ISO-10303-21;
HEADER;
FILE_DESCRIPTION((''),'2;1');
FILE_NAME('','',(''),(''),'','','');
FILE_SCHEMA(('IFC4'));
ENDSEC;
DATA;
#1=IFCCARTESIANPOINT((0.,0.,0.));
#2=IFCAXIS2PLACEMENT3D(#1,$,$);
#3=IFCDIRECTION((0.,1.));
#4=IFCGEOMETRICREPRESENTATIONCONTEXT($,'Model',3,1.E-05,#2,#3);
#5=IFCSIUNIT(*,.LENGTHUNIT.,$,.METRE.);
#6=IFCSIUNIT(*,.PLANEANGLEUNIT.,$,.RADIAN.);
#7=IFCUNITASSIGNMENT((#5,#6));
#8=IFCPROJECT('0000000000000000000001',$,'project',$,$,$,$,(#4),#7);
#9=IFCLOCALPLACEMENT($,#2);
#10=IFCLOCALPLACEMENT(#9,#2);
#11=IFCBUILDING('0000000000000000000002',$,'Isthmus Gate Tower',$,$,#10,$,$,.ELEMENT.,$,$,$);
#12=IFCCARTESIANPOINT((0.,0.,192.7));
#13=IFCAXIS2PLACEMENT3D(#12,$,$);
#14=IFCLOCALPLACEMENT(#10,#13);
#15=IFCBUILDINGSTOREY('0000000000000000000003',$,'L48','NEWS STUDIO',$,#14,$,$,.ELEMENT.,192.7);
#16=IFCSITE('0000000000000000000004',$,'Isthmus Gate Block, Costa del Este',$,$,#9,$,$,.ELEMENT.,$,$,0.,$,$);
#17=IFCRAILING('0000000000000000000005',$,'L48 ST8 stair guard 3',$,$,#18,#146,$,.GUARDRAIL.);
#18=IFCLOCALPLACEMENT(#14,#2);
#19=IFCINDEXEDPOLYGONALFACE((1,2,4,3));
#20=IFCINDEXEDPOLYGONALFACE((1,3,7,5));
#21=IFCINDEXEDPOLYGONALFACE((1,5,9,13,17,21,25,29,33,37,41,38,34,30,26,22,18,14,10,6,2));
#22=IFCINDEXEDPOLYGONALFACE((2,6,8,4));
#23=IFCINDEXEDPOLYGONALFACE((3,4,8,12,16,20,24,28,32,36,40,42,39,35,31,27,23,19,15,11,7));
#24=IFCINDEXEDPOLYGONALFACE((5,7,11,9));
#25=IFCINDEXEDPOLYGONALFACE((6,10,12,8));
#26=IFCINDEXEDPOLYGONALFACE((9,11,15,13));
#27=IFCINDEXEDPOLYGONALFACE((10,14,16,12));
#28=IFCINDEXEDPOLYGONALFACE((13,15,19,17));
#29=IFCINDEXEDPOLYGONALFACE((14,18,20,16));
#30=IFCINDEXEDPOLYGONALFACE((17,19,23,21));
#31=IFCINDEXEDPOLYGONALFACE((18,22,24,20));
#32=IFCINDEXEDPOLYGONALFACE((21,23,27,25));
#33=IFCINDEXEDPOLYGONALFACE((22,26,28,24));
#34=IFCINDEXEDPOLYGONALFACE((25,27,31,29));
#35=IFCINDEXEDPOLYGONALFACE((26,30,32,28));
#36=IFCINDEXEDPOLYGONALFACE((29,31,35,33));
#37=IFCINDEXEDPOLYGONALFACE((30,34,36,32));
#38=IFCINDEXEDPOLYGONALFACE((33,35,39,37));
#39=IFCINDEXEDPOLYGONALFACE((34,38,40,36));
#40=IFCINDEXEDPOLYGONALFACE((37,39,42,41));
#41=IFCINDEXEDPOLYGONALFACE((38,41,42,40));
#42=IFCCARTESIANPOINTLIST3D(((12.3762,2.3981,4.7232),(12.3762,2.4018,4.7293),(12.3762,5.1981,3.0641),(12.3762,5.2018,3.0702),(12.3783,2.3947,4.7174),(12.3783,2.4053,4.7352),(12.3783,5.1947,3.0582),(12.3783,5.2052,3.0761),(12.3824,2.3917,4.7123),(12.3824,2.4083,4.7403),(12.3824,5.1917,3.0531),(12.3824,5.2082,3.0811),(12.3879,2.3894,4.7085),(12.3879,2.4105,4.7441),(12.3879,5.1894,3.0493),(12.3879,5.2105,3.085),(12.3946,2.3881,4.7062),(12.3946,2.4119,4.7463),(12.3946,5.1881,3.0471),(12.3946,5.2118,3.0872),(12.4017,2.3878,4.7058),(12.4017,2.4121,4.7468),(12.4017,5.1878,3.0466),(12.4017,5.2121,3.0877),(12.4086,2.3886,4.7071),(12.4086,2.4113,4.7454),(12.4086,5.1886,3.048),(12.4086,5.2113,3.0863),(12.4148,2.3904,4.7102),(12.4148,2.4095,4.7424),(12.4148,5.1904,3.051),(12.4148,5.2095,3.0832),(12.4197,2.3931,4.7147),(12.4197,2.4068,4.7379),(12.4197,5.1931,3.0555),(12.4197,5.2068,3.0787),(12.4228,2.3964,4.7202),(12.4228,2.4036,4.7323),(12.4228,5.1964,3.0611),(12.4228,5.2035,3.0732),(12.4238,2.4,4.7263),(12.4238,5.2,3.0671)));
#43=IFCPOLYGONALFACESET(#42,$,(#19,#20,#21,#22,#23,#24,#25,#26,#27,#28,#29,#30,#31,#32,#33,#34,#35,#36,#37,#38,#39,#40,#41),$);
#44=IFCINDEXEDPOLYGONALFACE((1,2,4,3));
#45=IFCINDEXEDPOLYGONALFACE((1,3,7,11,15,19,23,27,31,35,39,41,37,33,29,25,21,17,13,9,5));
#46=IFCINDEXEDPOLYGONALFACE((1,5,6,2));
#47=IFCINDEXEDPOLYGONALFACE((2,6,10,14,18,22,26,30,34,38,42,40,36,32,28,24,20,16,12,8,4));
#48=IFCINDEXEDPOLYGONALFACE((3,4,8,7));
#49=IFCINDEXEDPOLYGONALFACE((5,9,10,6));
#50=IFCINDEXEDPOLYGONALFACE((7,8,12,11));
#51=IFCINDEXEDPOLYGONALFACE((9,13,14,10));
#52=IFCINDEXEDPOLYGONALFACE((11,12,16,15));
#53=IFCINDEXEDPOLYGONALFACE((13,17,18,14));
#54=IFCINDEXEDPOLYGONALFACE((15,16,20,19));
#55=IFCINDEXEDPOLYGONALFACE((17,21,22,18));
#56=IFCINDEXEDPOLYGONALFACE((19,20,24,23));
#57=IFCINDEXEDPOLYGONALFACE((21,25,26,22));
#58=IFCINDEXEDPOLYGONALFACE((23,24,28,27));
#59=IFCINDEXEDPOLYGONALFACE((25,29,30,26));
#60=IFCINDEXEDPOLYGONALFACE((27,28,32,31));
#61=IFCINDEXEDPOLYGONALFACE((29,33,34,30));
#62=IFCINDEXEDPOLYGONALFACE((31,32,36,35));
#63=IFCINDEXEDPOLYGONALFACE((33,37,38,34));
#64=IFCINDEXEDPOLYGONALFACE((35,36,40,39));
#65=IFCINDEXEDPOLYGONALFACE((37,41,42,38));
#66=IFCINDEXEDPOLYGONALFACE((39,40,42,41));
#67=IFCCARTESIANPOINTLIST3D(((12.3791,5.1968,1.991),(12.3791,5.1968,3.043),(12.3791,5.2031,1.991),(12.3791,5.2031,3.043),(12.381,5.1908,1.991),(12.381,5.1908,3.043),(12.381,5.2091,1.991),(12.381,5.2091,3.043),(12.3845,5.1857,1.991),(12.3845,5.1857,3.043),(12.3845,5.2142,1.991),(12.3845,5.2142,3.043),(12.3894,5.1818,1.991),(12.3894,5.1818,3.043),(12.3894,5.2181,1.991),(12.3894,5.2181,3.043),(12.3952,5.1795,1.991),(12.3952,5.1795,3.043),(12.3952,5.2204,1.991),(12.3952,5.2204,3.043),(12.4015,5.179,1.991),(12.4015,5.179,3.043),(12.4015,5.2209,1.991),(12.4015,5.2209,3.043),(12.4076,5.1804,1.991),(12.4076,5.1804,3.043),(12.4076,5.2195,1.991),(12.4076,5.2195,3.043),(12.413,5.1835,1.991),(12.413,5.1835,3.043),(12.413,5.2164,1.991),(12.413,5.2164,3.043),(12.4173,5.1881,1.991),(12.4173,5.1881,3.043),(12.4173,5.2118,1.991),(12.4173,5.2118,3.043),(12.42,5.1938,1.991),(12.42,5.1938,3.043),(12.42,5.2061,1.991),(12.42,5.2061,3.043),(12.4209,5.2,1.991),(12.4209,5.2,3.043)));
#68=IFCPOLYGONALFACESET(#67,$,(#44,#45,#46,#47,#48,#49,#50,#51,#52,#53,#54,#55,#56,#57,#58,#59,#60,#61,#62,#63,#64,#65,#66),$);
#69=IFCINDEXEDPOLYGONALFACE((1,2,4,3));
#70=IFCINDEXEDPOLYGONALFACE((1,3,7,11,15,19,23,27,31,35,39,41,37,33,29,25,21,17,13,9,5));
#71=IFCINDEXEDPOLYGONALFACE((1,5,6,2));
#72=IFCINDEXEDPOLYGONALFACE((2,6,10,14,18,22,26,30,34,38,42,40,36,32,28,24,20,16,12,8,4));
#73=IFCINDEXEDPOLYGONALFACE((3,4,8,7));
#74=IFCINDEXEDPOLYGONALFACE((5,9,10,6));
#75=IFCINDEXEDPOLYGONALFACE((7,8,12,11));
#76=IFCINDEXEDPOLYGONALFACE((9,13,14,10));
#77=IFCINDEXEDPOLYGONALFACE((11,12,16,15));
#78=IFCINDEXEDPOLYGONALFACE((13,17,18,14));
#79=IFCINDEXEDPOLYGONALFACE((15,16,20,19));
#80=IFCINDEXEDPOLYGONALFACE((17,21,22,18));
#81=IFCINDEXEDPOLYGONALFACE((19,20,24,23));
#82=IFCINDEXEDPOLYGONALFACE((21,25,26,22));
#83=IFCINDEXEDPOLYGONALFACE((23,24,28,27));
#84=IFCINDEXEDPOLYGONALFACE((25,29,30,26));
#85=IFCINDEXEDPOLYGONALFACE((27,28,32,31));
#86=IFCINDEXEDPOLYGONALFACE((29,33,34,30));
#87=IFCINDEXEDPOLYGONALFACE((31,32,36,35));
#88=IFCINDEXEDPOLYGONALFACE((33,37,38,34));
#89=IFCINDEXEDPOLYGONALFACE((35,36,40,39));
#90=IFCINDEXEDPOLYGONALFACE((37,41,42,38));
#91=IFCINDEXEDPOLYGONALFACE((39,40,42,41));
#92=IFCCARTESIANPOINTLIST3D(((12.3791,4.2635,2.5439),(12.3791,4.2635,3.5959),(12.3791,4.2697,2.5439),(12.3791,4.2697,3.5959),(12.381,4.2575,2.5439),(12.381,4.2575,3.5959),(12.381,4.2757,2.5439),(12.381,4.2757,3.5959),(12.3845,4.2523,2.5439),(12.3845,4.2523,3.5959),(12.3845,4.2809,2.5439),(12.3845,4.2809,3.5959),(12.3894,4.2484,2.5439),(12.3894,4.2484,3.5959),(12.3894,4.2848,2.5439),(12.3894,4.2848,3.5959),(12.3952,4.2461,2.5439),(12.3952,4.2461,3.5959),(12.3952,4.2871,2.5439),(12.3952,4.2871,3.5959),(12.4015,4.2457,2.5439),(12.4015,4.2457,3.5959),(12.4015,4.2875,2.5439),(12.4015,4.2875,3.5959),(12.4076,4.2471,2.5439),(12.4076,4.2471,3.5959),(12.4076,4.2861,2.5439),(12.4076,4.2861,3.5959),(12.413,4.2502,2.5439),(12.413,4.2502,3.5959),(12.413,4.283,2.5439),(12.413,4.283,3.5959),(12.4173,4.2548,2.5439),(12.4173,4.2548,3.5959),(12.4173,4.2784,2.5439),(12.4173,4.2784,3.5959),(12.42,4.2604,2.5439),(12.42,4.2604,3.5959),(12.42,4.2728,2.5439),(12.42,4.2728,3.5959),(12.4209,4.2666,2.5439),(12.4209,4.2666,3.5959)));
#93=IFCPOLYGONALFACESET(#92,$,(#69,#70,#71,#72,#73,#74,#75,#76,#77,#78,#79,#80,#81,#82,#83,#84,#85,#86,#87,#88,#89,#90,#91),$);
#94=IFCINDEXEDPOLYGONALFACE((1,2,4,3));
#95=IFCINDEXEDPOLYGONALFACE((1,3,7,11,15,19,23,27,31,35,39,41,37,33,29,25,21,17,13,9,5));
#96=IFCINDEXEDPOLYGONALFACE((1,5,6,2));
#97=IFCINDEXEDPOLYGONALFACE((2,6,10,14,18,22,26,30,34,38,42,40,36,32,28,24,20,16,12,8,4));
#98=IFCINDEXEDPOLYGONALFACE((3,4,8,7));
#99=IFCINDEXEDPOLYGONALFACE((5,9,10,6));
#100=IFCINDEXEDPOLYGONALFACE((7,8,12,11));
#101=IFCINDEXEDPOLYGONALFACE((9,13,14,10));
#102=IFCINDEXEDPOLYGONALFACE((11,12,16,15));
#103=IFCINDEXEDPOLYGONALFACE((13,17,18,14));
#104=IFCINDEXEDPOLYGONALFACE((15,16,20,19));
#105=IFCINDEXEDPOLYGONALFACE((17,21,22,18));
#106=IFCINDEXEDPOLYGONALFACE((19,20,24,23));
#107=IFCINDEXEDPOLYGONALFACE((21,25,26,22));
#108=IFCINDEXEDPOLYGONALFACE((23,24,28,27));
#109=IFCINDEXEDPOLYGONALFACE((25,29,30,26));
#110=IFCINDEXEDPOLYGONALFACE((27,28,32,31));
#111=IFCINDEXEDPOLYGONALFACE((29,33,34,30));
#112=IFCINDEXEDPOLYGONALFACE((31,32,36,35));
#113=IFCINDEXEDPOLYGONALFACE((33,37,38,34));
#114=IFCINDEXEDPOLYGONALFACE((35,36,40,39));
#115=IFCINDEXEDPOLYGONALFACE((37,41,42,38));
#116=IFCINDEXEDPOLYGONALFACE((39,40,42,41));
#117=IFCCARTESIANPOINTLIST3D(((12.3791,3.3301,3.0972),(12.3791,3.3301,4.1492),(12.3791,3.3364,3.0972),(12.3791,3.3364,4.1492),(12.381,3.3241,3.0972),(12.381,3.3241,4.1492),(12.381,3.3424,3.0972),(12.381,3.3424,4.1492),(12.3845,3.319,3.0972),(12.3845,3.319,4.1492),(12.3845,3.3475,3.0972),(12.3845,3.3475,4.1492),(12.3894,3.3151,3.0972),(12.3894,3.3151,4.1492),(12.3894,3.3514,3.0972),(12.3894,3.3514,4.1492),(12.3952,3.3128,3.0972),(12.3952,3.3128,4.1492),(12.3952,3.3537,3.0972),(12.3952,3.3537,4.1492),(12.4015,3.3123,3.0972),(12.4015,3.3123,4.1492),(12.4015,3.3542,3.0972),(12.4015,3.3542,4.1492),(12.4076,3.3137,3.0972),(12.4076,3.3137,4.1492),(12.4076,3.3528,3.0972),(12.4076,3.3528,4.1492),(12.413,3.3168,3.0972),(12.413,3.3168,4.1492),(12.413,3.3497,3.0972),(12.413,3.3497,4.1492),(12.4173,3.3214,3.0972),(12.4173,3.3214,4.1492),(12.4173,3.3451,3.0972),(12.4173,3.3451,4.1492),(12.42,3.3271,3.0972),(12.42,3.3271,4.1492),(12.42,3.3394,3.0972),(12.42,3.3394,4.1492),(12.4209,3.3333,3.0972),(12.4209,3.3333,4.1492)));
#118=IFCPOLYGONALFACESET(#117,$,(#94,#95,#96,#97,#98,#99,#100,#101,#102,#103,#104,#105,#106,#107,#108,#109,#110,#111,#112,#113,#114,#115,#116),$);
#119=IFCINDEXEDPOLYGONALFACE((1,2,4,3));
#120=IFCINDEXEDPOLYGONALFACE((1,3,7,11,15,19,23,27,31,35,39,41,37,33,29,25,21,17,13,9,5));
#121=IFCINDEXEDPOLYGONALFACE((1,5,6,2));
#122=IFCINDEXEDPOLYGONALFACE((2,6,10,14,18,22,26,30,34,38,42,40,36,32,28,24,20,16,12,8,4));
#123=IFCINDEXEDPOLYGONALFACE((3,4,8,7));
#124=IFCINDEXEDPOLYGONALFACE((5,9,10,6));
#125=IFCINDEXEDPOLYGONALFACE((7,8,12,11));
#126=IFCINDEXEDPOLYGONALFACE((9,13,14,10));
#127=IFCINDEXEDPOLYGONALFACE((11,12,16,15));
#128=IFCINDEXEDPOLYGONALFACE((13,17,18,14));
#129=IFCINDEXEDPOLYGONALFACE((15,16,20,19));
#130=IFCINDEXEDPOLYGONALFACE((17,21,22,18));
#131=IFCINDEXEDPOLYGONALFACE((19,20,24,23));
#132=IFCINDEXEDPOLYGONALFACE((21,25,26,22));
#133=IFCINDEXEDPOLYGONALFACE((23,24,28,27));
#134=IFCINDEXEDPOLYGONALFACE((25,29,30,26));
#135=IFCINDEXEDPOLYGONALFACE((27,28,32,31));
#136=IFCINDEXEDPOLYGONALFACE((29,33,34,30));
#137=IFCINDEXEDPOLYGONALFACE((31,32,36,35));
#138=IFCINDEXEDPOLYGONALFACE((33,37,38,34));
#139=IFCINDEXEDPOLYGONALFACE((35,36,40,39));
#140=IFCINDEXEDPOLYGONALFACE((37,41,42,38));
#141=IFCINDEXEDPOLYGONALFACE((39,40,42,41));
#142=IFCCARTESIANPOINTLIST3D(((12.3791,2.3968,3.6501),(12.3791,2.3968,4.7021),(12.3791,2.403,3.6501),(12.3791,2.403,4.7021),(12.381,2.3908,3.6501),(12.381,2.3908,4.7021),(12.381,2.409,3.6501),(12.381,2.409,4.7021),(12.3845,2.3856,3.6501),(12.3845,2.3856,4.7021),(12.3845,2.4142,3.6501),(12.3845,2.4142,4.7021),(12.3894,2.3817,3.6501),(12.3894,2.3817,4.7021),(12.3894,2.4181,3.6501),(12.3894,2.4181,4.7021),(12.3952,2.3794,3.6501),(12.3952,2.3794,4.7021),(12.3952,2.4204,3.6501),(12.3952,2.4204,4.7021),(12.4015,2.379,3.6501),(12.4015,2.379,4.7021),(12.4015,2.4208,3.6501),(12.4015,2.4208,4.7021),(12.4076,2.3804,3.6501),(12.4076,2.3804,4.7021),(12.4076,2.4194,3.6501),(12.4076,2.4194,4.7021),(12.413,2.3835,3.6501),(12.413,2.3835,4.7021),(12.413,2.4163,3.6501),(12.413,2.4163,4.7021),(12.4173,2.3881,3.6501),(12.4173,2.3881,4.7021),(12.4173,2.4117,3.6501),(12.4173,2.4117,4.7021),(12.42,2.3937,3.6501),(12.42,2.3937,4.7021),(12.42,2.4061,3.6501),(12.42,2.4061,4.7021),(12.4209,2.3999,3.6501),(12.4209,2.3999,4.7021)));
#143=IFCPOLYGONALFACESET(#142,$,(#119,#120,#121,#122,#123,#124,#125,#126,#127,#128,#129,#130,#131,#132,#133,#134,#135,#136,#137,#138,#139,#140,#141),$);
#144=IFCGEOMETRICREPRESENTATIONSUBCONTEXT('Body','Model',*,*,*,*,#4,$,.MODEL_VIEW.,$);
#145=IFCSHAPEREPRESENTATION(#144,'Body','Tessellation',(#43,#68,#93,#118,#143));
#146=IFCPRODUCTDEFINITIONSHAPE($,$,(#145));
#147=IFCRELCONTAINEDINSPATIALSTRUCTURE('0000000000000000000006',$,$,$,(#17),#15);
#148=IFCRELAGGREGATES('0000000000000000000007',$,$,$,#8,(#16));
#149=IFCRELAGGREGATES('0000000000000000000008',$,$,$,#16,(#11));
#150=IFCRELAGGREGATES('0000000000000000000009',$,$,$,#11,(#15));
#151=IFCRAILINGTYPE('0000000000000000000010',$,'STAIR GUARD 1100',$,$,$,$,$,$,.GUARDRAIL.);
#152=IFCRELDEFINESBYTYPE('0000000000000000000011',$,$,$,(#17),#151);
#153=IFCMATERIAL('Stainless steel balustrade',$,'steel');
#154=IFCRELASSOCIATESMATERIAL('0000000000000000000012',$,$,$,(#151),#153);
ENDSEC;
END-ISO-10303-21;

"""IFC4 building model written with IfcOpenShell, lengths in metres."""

from ifc_helpers import new_model, si_unit, direction, frame, origin, origin_2d, place, context, subcontext, project, spatial, circle, extrude, material, type_object, element, save


model = new_model("IFC4")

# Units and contexts
model_context = context("Model", 3, precision=1e-05, world=origin(), true_north=direction((0.0, 1.0)))
body_context = subcontext(model_context, "Body", "Model", "MODEL_VIEW")
ifc_project = project(units=[si_unit("LENGTHUNIT", "METRE"), si_unit("PLANEANGLEUNIT", "RADIAN")], contexts=[model_context])

# Site, building, storey
site_placement = place(None, origin())
site = spatial("IfcSite", under=ifc_project, at=site_placement, Name="Isthmus Gate Block, Costa del Este", CompositionType="ELEMENT", RefElevation=0.0)
building_placement = place(site_placement, origin())
building = spatial("IfcBuilding", under=site, at=building_placement, Name="Isthmus Gate Tower", CompositionType="ELEMENT")
storey_placement = place(building_placement, frame((0.0, 0.0, 192.7)))
storey = spatial("IfcBuildingStorey", under=building, at=storey_placement, Name="L48", Description="NEWS STUDIO", CompositionType="ELEMENT", Elevation=192.7)

# Railing
ifc_material_1 = material(Name="Stainless steel balustrade", Category="steel")
railing_type_1 = type_object("IfcRailingType", Name="STAIR GUARD 1100", PredefinedType="GUARDRAIL", material=ifc_material_1)
railing_1_placement = place(storey_placement, frame((12.3999, 5.2, 1.991)))
element("IfcRailing", 1, at=railing_1_placement, inside=storey, type_object=railing_type_1, Name="L48 ST8 stair guard 3", PredefinedType="GUARDRAIL", context=body_context, shape_type="SweptSolid", body=[
    extrude(circle(Radius=0.0239, at=origin_2d()), frame((0.0, 0.0, 1.0762), z_axis=(0.0, -0.860306, 0.509778), x_axis=(1.0, 0.0, 0.0)), (0.0, 0.0, 1.0), 3.2546),
    extrude(circle(Radius=0.021, at=origin_2d()), origin(), (0.0, 0.0, 1.0), 1.052),
    extrude(circle(Radius=0.021, at=origin_2d()), frame((0.0, -0.9333, 0.553)), (0.0, 0.0, 1.0), 1.052),
    extrude(circle(Radius=0.021, at=origin_2d()), frame((0.0, -1.8667, 1.1062)), (0.0, 0.0, 1.0), 1.052),
    extrude(circle(Radius=0.021, at=origin_2d()), frame((0.0, -2.8, 1.6592)), (0.0, 0.0, 1.0), 1.052),
])

save(model, "model.ifc")
